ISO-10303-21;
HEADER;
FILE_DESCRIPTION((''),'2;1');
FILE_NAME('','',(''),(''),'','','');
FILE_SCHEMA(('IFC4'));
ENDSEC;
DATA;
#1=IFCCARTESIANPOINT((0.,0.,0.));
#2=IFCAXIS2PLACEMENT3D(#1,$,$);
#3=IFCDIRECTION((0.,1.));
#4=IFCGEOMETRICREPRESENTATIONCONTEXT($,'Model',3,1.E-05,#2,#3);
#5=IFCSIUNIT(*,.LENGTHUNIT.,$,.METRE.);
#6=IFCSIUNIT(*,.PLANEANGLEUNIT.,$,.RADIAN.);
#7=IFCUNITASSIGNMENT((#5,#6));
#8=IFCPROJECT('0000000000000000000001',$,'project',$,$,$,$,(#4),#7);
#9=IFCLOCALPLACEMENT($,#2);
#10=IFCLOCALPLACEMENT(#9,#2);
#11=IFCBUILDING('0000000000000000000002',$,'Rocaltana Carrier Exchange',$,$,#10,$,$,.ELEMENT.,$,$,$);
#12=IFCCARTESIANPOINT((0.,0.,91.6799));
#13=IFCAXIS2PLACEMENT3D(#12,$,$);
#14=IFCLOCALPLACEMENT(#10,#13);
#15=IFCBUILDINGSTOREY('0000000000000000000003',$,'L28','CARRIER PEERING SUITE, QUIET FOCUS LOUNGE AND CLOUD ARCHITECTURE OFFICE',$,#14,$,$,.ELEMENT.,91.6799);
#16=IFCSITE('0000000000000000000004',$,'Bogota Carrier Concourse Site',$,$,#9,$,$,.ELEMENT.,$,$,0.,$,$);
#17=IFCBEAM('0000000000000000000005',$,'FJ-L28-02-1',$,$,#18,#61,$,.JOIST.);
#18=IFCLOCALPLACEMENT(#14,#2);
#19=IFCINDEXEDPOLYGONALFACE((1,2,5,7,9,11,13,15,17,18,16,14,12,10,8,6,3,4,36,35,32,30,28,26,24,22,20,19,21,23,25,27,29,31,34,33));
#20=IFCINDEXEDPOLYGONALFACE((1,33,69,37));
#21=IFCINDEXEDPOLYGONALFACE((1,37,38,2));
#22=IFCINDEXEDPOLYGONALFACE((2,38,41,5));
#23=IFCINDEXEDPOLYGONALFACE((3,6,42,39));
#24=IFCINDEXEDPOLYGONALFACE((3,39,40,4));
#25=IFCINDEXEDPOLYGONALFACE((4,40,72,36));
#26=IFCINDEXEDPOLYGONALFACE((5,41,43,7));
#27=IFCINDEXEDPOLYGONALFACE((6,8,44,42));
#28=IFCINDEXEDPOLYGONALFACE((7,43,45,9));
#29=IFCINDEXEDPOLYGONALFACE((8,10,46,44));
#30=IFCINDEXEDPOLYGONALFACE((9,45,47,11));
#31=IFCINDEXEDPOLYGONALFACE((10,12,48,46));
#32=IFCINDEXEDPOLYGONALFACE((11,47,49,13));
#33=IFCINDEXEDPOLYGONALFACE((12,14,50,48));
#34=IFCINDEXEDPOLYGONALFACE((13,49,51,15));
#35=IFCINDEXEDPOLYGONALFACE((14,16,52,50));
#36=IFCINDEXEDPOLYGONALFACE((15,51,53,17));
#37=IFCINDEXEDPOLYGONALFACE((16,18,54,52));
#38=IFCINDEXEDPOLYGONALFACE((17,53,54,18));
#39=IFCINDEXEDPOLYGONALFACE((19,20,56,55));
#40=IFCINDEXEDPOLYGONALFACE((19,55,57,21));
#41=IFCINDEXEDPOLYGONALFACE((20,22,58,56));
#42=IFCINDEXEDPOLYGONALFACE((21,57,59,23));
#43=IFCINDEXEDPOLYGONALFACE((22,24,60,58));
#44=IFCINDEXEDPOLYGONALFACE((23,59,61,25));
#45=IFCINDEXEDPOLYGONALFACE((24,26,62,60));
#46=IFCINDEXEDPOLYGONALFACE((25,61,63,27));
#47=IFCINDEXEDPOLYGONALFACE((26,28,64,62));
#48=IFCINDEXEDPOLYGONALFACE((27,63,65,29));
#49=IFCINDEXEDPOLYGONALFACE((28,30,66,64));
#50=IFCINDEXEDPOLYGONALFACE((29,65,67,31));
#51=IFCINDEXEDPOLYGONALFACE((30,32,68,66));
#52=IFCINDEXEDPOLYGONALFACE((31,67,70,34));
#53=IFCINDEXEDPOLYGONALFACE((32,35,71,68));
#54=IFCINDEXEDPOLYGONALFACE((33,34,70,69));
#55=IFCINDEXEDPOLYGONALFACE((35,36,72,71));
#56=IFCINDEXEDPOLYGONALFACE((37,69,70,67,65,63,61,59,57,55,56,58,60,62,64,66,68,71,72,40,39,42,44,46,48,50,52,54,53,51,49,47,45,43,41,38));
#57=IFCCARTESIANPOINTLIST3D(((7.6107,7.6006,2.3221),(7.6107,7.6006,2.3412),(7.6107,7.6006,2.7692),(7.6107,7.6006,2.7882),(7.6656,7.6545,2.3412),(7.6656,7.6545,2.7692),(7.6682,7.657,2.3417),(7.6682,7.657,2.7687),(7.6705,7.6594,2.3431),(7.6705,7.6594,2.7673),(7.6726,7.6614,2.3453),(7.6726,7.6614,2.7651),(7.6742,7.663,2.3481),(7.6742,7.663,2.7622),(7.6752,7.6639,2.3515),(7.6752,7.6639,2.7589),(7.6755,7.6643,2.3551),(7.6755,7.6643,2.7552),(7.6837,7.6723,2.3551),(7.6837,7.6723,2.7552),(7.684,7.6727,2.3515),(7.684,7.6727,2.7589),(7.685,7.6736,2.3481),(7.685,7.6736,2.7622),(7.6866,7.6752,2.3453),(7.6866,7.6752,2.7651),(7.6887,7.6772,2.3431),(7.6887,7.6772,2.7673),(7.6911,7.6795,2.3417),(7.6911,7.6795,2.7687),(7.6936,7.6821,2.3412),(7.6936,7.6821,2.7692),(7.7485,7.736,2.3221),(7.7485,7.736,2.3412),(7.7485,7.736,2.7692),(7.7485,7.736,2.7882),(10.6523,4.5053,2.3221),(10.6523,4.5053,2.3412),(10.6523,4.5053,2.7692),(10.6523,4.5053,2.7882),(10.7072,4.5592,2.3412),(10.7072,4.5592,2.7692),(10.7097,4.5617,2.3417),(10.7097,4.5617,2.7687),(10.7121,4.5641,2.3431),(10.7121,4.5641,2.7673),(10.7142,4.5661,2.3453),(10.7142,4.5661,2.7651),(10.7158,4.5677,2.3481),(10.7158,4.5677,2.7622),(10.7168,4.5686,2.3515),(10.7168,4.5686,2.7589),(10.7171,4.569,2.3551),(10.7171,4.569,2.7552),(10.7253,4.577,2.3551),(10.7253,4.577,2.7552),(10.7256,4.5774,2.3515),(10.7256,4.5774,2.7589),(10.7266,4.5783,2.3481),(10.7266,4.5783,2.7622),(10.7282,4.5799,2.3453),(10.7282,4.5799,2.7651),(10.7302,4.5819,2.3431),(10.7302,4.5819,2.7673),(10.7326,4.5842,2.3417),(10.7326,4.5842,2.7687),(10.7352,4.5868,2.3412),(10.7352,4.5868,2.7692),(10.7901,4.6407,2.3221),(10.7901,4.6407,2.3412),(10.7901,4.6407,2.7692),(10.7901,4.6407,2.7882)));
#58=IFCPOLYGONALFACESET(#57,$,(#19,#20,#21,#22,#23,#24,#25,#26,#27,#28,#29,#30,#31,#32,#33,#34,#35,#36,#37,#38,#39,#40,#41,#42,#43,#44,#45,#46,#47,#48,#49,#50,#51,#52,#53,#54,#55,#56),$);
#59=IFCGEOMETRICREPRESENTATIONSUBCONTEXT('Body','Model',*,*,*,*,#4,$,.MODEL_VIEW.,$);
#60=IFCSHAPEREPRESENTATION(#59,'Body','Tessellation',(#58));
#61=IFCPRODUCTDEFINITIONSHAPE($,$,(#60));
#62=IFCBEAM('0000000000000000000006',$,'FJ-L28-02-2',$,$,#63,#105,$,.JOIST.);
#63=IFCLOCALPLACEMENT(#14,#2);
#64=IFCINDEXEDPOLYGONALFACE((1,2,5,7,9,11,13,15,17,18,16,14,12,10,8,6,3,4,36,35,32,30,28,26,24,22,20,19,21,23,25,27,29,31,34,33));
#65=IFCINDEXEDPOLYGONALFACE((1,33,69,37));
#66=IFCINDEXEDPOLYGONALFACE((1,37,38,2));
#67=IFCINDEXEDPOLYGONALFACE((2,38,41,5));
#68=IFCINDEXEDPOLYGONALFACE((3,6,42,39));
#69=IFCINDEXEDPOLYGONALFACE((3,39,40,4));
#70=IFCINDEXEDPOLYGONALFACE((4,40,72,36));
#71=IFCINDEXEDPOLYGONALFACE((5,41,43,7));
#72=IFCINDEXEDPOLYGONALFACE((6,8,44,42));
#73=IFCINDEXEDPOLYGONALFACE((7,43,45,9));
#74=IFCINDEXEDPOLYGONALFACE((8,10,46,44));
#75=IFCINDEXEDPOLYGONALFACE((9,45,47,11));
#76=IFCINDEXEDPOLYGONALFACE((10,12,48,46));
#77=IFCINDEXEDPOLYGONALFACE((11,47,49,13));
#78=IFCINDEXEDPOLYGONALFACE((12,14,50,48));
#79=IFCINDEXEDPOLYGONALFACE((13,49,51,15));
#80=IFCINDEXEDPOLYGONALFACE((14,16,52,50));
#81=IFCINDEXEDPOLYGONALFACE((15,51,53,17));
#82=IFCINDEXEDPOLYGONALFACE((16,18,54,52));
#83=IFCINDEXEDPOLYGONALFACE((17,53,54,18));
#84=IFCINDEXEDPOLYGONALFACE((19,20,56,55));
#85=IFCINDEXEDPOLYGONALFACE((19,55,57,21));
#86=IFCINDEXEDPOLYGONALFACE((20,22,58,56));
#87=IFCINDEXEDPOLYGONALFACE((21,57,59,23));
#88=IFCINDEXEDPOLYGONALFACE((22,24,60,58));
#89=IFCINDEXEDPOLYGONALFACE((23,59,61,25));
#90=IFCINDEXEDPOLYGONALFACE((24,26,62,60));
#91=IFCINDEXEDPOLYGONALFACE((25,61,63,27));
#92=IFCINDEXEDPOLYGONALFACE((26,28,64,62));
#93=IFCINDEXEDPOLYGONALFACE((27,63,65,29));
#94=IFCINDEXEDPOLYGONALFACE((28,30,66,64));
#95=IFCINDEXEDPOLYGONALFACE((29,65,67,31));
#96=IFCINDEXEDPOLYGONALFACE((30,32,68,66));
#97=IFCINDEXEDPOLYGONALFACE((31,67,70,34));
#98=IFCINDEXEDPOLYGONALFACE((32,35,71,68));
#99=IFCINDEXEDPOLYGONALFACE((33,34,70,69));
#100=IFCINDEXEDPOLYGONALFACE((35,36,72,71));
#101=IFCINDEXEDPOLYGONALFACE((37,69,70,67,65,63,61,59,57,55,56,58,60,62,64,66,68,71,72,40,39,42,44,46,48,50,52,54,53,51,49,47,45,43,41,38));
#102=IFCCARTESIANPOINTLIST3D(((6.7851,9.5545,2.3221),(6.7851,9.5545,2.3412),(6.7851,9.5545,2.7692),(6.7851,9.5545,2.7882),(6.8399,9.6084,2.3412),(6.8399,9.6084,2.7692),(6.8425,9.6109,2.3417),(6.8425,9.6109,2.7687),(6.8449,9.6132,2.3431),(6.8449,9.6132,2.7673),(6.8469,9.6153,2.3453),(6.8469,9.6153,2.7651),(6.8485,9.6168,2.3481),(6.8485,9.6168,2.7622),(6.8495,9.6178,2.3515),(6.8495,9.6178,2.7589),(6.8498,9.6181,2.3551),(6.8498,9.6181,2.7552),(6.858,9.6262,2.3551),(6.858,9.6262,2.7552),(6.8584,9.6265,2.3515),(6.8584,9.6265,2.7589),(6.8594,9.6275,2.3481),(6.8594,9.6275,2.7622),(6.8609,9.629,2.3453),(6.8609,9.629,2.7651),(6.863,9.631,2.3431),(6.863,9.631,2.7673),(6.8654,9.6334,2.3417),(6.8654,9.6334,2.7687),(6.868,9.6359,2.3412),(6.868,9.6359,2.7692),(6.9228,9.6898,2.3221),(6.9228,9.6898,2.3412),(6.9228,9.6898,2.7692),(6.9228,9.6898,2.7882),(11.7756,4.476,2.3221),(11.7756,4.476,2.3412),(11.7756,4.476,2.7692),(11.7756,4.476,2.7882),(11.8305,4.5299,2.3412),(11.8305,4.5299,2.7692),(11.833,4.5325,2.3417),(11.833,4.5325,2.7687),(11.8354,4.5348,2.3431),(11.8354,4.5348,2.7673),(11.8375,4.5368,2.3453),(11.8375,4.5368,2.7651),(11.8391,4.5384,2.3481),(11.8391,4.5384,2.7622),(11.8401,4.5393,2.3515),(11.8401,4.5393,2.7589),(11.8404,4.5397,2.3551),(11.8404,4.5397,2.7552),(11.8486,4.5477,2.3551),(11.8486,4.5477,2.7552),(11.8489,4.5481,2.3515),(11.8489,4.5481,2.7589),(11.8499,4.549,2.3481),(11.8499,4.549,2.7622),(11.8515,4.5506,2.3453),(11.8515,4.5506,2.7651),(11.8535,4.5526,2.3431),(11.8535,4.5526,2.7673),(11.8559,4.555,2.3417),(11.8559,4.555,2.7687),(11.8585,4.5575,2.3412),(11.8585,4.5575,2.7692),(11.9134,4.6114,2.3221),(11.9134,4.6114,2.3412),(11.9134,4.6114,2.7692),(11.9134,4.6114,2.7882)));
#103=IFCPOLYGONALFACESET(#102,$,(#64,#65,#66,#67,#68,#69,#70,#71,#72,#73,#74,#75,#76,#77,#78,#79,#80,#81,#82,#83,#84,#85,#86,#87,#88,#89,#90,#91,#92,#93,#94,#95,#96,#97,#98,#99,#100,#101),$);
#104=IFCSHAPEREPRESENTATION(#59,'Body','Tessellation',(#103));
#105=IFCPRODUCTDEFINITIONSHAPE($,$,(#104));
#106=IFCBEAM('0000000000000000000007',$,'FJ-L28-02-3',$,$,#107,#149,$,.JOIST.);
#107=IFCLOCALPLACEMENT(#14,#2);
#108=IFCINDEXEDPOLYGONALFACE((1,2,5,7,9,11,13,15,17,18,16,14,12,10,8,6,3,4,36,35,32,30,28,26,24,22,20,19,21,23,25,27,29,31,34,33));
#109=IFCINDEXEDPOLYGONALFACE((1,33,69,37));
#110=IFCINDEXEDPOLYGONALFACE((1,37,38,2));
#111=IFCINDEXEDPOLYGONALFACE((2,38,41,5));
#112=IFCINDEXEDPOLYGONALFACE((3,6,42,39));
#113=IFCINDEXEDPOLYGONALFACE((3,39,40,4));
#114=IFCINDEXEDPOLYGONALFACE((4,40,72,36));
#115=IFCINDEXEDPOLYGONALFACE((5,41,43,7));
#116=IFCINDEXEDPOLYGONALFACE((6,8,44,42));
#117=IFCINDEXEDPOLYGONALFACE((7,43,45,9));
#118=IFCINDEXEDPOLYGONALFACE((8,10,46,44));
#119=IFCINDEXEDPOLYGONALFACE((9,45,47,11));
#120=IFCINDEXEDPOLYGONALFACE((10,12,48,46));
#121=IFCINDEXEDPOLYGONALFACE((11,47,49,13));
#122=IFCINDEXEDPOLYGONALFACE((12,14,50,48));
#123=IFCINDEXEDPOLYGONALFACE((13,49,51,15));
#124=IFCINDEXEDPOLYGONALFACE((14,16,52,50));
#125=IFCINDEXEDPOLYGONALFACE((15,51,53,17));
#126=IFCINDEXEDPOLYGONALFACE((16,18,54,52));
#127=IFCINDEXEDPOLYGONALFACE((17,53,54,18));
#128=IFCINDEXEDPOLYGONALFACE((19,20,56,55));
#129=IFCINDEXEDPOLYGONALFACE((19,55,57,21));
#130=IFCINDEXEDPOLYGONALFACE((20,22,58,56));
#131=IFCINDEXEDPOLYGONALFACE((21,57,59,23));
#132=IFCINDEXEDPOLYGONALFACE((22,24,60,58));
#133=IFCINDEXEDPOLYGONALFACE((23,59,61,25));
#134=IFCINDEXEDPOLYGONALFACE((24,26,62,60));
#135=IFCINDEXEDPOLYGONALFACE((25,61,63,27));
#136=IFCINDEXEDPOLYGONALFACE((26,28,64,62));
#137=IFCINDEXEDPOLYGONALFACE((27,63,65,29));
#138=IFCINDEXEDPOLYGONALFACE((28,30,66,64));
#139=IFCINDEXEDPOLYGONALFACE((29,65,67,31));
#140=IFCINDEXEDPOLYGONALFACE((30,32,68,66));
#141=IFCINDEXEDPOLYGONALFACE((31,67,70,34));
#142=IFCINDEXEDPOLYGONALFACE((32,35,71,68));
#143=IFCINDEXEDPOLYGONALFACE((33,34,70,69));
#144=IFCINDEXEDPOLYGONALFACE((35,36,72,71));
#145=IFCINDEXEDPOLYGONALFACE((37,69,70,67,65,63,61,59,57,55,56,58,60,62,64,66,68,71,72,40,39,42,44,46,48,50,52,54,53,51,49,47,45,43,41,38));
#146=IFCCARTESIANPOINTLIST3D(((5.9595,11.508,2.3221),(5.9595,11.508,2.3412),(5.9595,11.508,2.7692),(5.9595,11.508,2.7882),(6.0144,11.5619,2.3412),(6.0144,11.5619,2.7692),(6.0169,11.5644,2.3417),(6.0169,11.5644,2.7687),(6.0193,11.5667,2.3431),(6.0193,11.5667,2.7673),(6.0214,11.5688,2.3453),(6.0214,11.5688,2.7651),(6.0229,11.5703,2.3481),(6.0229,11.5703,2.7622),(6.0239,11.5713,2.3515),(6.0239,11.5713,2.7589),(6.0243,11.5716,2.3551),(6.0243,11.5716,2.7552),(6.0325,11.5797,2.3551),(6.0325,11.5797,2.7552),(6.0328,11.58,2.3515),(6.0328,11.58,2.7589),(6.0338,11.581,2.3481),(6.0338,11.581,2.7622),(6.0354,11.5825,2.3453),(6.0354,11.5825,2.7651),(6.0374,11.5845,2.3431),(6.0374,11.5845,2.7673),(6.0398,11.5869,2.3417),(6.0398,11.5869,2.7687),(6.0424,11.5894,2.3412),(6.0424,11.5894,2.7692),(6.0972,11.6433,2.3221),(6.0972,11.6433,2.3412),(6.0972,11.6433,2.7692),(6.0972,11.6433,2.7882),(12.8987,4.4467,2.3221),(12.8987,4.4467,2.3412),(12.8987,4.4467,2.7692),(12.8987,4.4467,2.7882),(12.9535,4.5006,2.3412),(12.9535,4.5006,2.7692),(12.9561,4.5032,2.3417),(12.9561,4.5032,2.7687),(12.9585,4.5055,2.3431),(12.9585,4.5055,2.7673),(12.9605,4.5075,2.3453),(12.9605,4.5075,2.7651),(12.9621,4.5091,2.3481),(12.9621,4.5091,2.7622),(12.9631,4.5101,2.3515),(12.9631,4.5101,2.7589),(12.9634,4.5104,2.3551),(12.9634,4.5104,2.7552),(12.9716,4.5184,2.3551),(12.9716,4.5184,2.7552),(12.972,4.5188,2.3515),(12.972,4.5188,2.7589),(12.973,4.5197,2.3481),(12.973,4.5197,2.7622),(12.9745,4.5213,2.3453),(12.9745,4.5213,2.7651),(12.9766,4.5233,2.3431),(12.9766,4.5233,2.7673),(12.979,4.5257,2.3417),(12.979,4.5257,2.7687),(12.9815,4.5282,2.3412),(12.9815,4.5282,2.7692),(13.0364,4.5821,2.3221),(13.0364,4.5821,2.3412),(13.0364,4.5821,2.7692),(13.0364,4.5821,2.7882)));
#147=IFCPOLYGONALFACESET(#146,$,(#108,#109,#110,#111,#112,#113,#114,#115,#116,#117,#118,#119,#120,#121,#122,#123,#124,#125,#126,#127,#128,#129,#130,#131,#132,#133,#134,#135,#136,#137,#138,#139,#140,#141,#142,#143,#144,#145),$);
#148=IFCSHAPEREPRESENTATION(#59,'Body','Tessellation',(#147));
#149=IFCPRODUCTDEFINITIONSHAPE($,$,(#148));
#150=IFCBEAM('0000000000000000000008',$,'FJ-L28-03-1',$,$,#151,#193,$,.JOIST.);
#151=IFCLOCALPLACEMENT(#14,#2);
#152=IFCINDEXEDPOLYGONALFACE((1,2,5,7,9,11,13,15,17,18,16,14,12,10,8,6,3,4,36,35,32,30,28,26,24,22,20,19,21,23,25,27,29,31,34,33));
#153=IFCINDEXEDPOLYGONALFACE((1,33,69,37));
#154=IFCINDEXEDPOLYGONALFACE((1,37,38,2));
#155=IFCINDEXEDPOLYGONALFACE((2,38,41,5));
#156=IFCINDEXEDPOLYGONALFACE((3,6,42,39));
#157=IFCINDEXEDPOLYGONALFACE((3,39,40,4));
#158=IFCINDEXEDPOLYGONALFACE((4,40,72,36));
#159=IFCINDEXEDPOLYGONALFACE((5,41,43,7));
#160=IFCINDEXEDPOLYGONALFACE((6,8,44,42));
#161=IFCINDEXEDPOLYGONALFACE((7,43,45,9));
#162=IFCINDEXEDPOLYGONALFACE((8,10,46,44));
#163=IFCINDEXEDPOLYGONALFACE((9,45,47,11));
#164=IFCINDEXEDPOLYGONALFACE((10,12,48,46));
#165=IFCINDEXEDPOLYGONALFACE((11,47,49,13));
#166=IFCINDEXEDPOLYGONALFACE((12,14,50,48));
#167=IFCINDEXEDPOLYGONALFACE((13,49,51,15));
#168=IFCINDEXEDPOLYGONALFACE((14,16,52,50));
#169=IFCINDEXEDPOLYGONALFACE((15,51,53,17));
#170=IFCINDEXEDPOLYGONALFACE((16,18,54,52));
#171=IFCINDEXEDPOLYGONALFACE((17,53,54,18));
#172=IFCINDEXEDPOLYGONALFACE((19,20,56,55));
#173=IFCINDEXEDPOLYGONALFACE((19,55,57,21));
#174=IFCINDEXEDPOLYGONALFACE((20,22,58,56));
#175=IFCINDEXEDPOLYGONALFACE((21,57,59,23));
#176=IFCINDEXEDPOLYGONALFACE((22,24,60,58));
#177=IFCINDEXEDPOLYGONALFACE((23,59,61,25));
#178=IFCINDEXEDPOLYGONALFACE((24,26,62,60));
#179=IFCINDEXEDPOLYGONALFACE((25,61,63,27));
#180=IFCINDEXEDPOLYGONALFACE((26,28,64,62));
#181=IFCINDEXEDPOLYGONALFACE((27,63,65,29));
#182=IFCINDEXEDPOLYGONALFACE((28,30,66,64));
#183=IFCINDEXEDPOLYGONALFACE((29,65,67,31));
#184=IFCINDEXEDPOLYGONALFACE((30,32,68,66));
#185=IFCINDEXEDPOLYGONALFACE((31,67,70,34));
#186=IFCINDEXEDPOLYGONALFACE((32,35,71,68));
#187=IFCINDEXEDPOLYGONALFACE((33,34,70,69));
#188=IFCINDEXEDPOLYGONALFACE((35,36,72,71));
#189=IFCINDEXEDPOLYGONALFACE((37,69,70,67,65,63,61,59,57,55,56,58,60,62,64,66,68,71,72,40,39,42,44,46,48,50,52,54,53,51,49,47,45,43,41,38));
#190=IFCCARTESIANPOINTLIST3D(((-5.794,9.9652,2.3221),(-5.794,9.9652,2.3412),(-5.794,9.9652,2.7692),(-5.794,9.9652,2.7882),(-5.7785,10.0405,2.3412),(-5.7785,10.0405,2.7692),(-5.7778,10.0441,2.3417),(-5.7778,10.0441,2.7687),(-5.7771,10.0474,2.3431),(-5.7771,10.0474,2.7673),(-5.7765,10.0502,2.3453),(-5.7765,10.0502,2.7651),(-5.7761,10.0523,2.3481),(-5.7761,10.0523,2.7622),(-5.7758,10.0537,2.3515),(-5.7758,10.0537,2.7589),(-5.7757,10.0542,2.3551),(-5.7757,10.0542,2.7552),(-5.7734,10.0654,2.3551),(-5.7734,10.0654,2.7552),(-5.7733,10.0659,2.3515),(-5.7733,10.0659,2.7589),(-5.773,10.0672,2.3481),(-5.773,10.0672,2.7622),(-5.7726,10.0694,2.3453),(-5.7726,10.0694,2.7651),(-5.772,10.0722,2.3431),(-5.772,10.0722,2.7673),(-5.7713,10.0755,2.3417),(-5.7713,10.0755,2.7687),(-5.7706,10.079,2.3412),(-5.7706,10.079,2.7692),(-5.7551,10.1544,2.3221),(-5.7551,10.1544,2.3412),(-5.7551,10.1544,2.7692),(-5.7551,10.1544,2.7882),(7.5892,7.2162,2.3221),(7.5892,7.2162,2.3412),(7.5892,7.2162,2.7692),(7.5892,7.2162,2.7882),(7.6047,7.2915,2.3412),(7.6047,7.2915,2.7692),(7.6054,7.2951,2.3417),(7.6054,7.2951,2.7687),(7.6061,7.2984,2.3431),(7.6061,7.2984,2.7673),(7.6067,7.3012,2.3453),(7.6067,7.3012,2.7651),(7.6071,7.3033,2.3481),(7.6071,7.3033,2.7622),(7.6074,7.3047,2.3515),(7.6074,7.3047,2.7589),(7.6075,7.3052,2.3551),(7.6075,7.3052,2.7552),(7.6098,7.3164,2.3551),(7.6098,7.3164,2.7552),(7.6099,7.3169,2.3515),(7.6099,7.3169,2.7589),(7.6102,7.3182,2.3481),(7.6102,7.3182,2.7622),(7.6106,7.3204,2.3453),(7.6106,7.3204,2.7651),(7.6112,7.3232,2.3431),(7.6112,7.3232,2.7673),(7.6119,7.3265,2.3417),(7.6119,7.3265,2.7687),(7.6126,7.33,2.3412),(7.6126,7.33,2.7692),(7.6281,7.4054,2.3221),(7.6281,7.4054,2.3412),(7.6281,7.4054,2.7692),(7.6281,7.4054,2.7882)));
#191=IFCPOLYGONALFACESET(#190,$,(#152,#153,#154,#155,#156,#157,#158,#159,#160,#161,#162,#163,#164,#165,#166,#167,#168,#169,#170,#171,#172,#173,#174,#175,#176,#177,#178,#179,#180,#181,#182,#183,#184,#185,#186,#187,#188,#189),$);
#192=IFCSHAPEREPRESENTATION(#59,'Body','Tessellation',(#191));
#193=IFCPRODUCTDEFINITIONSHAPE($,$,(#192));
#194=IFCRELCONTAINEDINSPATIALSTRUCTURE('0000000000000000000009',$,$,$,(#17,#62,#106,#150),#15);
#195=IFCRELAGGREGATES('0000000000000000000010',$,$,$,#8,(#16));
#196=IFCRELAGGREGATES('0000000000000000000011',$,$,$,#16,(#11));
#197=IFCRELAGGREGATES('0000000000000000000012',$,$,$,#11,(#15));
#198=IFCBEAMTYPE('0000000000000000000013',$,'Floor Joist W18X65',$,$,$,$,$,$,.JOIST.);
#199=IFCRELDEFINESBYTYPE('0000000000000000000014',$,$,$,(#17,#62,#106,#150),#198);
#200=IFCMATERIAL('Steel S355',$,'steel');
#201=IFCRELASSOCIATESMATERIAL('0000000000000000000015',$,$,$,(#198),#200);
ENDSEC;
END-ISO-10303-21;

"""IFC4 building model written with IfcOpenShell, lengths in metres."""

from ifc_helpers import new_model, si_unit, direction, frame, origin, origin_2d, place, context, subcontext, project, spatial, i_section, extrude, material, material_profile, profile_set, type_object, element, save


model = new_model("IFC4")

# Units and contexts
model_context = context("Model", 3, precision=1e-05, world=origin(), true_north=direction((0.0, 1.0)))
body_context = subcontext(model_context, "Body", "Model", "MODEL_VIEW")
ifc_project = project(units=[si_unit("LENGTHUNIT", "METRE"), si_unit("PLANEANGLEUNIT", "RADIAN")], contexts=[model_context])

# Site, building, storey
site_placement = place(None, origin())
site = spatial("IfcSite", under=ifc_project, at=site_placement, Name="Bogota Carrier Concourse Site", CompositionType="ELEMENT", RefElevation=0.0)
building_placement = place(site_placement, origin())
building = spatial("IfcBuilding", under=site, at=building_placement, Name="Rocaltana Carrier Exchange", CompositionType="ELEMENT")
storey_placement = place(building_placement, frame((0.0, 0.0, 91.6799)))
storey = spatial("IfcBuildingStorey", under=building, at=storey_placement, Name="L28", Description="CARRIER PEERING SUITE, QUIET FOCUS LOUNGE AND CLOUD ARCHITECTURE OFFICE", CompositionType="ELEMENT", Elevation=91.6799)

# Beams
ifc_material_1 = material(Name="Steel S355", Category="steel")
ifc_material_profile_1 = material_profile(ifc_material_1, i_section(OverallWidth=0.1931, OverallDepth=0.4661, WebThickness=0.0115, FlangeThickness=0.019, FilletRadius=0.0139, at=origin_2d()), Name="W18X65")
ifc_profile_set_1 = profile_set([ifc_material_profile_1], Name="Steel S355")
beam_type_1 = type_object("IfcBeamType", Name="Floor Joist W18X65", PredefinedType="JOIST", material=ifc_profile_set_1)
beam_1_placement = place(storey_placement, frame((10.7212, 4.573, 2.5552), z_axis=(-0.700891, 0.713268, 0.0), x_axis=(-0.713268, -0.700891, 0.0)))
element("IfcBeam", 1, at=beam_1_placement, inside=storey, type_object=beam_type_1, Name="FJ-L28-02-1", PredefinedType="JOIST", context=body_context, shape_type="SweptSolid", body=[
    extrude(i_section(OverallWidth=0.1931, OverallDepth=0.4661, WebThickness=0.0115, FlangeThickness=0.019, FilletRadius=0.0139, at=origin_2d()), origin(), (0.0, 0.0, 1.0), 4.3396),
])
beam_2_placement = place(storey_placement, frame((11.8445, 4.5437, 2.5552), z_axis=(-0.700908, 0.713252, 0.0), x_axis=(-0.713252, -0.700908, 0.0)))
element("IfcBeam", 2, at=beam_2_placement, inside=storey, type_object=beam_type_1, Name="FJ-L28-02-2", PredefinedType="JOIST", context=body_context, shape_type="SweptSolid", body=[
    extrude(i_section(OverallWidth=0.1931, OverallDepth=0.4661, WebThickness=0.0115, FlangeThickness=0.019, FilletRadius=0.0139, at=origin_2d()), origin(), (0.0, 0.0, 1.0), 7.1201),
])
beam_3_placement = place(storey_placement, frame((12.9675, 4.5144, 2.5552), z_axis=(-0.700915, 0.713245, 0.0), x_axis=(-0.713245, -0.700915, 0.0)))
element("IfcBeam", 3, at=beam_3_placement, inside=storey, type_object=beam_type_1, Name="FJ-L28-02-3", PredefinedType="JOIST", context=body_context, shape_type="SweptSolid", body=[
    extrude(i_section(OverallWidth=0.1931, OverallDepth=0.4661, WebThickness=0.0115, FlangeThickness=0.019, FilletRadius=0.0139, at=origin_2d()), origin(), (0.0, 0.0, 1.0), 9.9001),
])
beam_4_placement = place(storey_placement, frame((7.6086, 7.3108, 2.5552), z_axis=(-0.979549, 0.201206, 0.0), x_axis=(-0.201206, -0.979549, 0.0)))
element("IfcBeam", 4, at=beam_4_placement, inside=storey, type_object=beam_type_1, Name="FJ-L28-03-1", PredefinedType="JOIST", context=body_context, shape_type="SweptSolid", body=[
    extrude(i_section(OverallWidth=0.1931, OverallDepth=0.4661, WebThickness=0.0115, FlangeThickness=0.019, FilletRadius=0.0139, at=origin_2d()), origin(), (0.0, 0.0, 1.0), 13.6626),
])

save(model, "model.ifc")
